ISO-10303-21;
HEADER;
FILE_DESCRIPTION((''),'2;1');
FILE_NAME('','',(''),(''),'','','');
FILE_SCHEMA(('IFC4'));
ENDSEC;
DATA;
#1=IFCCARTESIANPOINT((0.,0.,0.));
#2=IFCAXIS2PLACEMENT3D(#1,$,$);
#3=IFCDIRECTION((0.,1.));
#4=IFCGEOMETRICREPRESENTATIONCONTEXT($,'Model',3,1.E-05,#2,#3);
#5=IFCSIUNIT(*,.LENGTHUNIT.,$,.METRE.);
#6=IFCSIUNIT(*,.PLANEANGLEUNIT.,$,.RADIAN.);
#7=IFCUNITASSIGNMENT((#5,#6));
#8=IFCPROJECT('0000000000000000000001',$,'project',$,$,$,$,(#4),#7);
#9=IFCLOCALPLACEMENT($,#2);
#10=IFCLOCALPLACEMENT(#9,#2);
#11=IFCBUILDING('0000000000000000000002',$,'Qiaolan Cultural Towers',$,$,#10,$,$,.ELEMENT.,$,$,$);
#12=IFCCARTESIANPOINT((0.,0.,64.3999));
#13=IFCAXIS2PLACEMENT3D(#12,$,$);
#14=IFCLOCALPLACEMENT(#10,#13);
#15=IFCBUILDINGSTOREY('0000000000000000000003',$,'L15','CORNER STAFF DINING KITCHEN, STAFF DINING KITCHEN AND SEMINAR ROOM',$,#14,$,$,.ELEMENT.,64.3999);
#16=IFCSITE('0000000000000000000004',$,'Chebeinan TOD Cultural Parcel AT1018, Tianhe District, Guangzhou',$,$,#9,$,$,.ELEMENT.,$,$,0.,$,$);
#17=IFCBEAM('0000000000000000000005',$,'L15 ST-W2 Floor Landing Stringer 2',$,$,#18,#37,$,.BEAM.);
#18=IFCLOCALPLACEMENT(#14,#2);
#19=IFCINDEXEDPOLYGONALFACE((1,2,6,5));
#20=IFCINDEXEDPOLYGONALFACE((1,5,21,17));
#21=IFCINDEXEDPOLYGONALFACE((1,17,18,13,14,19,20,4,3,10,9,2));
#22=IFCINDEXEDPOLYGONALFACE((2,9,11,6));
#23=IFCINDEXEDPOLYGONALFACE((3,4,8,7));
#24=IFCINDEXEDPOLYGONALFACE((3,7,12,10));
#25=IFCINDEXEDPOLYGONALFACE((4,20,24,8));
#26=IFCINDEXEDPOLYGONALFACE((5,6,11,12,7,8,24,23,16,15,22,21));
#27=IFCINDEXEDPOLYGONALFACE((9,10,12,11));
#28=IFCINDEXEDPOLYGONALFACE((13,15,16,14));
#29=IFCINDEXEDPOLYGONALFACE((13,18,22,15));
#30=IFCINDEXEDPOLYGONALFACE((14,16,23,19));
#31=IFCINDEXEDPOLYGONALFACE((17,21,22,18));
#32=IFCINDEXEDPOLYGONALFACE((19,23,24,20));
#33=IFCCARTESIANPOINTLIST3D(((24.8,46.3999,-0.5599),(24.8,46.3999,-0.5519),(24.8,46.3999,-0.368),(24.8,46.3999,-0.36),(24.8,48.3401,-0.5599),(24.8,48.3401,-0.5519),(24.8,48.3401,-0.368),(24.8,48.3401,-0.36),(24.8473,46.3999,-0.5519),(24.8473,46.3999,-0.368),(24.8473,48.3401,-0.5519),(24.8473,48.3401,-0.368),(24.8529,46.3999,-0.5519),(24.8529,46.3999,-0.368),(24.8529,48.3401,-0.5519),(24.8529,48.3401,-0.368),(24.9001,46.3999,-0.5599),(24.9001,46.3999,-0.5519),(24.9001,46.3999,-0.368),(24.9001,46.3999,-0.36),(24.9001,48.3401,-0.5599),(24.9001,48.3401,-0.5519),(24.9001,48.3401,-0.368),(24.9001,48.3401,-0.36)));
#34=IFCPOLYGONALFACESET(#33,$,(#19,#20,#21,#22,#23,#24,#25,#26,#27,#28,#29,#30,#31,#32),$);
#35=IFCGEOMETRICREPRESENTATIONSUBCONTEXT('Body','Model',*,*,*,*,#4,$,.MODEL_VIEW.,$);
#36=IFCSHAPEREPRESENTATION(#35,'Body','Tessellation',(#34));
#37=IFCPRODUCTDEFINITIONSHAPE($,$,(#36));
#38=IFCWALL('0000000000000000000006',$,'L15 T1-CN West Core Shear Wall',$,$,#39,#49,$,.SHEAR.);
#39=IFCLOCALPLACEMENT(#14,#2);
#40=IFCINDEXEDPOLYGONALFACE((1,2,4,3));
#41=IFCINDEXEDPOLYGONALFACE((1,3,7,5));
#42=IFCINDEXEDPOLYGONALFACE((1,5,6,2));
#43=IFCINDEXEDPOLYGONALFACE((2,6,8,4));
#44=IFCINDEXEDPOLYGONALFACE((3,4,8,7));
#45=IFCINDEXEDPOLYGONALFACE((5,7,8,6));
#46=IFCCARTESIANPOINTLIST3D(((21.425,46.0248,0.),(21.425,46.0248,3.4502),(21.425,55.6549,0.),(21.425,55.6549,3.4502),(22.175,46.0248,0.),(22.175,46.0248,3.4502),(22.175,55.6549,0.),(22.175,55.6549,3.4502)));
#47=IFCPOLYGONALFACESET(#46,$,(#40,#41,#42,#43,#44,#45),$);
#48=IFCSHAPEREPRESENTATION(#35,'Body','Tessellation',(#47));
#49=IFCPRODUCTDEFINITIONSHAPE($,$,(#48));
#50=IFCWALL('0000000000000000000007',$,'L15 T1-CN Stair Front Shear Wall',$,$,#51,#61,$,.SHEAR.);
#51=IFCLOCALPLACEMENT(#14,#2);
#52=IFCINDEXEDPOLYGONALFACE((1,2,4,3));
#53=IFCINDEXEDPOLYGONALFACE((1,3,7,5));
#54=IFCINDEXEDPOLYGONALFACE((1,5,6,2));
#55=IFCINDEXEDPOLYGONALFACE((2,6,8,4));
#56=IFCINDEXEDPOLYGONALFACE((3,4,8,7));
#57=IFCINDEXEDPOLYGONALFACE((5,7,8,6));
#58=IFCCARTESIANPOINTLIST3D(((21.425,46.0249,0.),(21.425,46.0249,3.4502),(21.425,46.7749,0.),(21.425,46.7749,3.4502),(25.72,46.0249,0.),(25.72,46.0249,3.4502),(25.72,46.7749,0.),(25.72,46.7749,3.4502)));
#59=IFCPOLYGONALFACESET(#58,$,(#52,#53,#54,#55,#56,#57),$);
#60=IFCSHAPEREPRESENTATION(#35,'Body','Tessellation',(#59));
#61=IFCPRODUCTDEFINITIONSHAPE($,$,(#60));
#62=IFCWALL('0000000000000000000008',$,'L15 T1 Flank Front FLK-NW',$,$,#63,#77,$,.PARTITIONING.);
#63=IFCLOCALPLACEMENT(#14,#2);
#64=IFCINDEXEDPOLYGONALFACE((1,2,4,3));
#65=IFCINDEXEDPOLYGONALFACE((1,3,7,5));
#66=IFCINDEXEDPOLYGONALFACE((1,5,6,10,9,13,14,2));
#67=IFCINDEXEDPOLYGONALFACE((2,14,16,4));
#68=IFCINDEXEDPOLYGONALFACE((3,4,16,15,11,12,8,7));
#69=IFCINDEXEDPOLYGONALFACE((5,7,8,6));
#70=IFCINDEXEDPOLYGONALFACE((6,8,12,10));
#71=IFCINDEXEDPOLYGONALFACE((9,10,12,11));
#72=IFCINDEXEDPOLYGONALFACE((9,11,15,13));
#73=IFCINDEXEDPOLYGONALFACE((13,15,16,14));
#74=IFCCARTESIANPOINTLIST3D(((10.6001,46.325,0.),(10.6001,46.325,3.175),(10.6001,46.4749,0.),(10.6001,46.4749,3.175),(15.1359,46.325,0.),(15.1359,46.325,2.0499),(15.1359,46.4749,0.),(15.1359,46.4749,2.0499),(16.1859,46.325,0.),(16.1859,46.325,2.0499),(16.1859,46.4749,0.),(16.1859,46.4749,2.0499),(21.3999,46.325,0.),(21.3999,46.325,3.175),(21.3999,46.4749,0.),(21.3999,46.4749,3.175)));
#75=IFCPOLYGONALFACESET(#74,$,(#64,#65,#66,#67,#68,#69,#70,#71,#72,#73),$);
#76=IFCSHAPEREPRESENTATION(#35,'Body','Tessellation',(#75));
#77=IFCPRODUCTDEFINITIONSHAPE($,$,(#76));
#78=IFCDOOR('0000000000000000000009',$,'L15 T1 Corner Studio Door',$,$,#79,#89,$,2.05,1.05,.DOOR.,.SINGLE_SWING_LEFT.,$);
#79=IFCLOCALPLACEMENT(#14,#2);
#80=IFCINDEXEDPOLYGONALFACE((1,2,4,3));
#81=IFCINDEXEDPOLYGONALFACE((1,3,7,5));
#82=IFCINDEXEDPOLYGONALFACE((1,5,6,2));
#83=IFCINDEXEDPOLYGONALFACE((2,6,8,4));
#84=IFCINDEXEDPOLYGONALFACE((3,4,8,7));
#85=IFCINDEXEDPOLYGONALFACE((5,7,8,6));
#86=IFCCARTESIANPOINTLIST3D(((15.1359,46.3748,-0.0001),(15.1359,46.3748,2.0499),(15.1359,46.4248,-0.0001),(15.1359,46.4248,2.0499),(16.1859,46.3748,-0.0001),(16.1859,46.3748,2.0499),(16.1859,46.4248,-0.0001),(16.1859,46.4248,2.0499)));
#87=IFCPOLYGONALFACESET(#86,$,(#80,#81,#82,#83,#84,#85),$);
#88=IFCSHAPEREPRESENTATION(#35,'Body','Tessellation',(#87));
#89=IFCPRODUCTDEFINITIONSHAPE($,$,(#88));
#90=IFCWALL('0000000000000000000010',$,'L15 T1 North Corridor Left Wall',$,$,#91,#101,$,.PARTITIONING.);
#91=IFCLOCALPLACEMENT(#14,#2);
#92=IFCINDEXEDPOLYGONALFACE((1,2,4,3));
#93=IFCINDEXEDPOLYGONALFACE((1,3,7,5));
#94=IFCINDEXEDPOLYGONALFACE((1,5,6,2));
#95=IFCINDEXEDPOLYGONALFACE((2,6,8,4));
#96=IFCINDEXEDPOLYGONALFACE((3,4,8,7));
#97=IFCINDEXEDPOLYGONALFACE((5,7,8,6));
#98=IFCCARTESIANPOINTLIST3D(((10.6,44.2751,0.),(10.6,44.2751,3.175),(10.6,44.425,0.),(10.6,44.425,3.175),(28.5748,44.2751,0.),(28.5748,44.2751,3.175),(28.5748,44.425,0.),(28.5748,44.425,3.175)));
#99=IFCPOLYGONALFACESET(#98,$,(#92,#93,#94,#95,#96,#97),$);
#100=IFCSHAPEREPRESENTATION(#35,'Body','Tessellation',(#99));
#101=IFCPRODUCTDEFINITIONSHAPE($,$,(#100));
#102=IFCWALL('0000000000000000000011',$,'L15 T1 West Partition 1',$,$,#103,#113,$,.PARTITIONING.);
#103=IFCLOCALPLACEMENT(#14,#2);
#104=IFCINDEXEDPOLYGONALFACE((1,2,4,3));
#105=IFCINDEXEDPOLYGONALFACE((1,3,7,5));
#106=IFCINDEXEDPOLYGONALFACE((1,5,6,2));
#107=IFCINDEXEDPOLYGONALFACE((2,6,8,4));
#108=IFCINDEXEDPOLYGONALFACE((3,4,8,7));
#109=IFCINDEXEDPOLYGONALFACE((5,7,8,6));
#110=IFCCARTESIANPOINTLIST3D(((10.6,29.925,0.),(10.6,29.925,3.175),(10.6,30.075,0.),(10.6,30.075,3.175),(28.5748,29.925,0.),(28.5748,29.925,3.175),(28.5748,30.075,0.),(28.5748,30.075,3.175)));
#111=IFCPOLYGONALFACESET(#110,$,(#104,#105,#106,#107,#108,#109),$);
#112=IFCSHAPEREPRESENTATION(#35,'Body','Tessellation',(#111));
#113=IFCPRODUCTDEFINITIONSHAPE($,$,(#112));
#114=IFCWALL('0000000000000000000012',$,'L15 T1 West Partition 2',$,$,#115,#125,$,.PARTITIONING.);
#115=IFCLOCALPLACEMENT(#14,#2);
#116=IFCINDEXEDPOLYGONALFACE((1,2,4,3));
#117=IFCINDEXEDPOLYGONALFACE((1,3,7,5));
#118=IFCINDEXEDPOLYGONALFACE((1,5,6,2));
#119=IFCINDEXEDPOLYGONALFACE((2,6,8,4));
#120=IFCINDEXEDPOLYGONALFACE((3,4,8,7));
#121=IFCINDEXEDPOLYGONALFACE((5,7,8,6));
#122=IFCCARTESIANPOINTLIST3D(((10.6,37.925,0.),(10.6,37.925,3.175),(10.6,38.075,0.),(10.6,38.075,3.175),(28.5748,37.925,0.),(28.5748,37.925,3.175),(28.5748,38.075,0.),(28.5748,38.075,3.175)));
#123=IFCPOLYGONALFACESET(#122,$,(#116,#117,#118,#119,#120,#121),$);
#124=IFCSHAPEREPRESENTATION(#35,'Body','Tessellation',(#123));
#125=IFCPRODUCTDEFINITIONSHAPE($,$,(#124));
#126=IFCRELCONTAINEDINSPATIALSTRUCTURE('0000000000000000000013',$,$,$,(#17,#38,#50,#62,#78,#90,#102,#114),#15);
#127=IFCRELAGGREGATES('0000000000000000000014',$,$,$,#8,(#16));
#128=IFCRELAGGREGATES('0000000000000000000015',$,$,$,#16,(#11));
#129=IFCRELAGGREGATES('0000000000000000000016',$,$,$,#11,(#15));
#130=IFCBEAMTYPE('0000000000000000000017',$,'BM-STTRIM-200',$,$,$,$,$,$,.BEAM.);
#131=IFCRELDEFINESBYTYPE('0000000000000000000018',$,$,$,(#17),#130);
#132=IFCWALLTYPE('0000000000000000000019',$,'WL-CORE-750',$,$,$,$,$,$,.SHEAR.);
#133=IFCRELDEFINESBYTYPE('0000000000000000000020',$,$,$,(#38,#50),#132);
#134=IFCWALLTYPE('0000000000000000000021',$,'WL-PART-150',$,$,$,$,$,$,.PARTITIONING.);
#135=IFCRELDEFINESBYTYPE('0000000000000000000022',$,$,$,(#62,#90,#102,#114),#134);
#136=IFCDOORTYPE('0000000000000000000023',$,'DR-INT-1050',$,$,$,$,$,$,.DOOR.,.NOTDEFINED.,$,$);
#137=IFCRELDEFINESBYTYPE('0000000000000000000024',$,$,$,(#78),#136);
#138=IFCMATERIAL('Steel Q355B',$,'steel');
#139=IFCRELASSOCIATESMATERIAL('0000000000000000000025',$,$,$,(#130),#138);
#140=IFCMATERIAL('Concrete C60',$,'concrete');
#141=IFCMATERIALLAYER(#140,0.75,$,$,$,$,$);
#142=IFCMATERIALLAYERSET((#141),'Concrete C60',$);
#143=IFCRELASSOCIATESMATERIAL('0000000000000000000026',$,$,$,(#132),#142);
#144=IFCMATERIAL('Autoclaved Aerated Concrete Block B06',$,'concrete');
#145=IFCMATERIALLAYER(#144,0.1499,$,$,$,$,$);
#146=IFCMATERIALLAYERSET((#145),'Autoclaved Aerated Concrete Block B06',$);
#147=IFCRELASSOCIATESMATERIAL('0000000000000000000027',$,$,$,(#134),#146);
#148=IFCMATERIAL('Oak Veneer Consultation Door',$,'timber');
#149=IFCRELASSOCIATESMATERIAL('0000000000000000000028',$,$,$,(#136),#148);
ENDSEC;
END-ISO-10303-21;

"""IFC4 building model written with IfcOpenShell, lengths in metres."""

from ifc_helpers import new_model, si_unit, direction, frame, frame_2d, origin, origin_2d, place, context, subcontext, project, spatial, rectangle, i_section, extrude, material, layer, layer_set, material_profile, profile_set, type_object, element, fill, save


model = new_model("IFC4")

# Units and contexts
model_context = context("Model", 3, precision=1e-05, world=origin(), true_north=direction((0.0, 1.0)))
body_context = subcontext(model_context, "Body", "Model", "MODEL_VIEW")
ifc_project = project(units=[si_unit("LENGTHUNIT", "METRE"), si_unit("PLANEANGLEUNIT", "RADIAN")], contexts=[model_context])

# Site, building, storey
site_placement = place(None, origin())
site = spatial("IfcSite", under=ifc_project, at=site_placement, Name="Chebeinan TOD Cultural Parcel AT1018, Tianhe District, Guangzhou", CompositionType="ELEMENT", RefElevation=0.0)
building_placement = place(site_placement, origin())
building = spatial("IfcBuilding", under=site, at=building_placement, Name="Qiaolan Cultural Towers", CompositionType="ELEMENT")
storey_placement = place(building_placement, frame((0.0, 0.0, 64.3999)))
storey = spatial("IfcBuildingStorey", under=building, at=storey_placement, Name="L15", Description="CORNER STAFF DINING KITCHEN, STAFF DINING KITCHEN AND SEMINAR ROOM", CompositionType="ELEMENT", Elevation=64.3999)

# Beam
ifc_material_1 = material(Name="Steel Q355B", Category="steel")
ifc_material_profile_1 = material_profile(ifc_material_1, i_section(OverallWidth=0.1001, OverallDepth=0.2, WebThickness=0.0056, FlangeThickness=0.0081, at=origin_2d()), Name="HN200x100x5.5x8")
ifc_profile_set_1 = profile_set([ifc_material_profile_1], Name="Steel Q355B")
beam_type_1 = type_object("IfcBeamType", Name="BM-STTRIM-200", PredefinedType="BEAM", material=ifc_profile_set_1)
for number, where, z_axis, x_axis, name in (
    (1, (24.8501, 46.3999, -0.46), (0.0, 1.0, 0.0), (-1.0, 0.0, 0.0), "L15 ST-W2 Floor Landing Stringer 2"),
):
    element("IfcBeam", number, at=place(storey_placement, frame(where, z_axis=z_axis, x_axis=x_axis)), inside=storey, type_object=beam_type_1, Name=name, PredefinedType="BEAM", context=body_context, shape_type="SweptSolid", body=[
        extrude(i_section(OverallWidth=0.1001, OverallDepth=0.2, WebThickness=0.0056, FlangeThickness=0.0081, at=origin_2d()), origin(), (0.0, 0.0, 1.0), 1.9402),
    ])

# Walls
ifc_material_2 = material(Name="Concrete C60", Category="concrete")
ifc_layer_1 = layer(ifc_material_2, 0.75)
ifc_layer_set_1 = layer_set([ifc_layer_1], Name="Concrete C60")
wall_type_1 = type_object("IfcWallType", Name="WL-CORE-750", PredefinedType="SHEAR", material=ifc_layer_set_1)
wall_1_placement = place(storey_placement, frame((21.8, 46.0249, 0.0), z_axis=(0.0, 0.0, 1.0), x_axis=(0.0, 1.0, 0.0)))
element("IfcWall", 2, at=wall_1_placement, inside=storey, type_object=wall_type_1, Name="L15 T1-CN West Core Shear Wall", PredefinedType="SHEAR", context=body_context, shape_type="SweptSolid", body=[
    extrude(rectangle(XDim=9.6301, YDim=0.75, at=frame_2d((4.8149, 0.0))), origin(), (0.0, 0.0, 1.0), 3.4502),
])
wall_2_placement = place(storey_placement, frame((21.425, 46.3999, 0.0), z_axis=(0.0, 0.0, 1.0), x_axis=(1.0, 0.0, 0.0)))
element("IfcWall", 3, at=wall_2_placement, inside=storey, type_object=wall_type_1, Name="L15 T1-CN Stair Front Shear Wall", PredefinedType="SHEAR", context=body_context, shape_type="SweptSolid", body=[
    extrude(rectangle(XDim=4.2949, YDim=0.75, at=frame_2d((2.1475, 0.0))), origin(), (0.0, 0.0, 1.0), 3.4502),
])

# Wall, opening, door
ifc_material_3 = material(Name="Autoclaved Aerated Concrete Block B06", Category="concrete")
ifc_layer_2 = layer(ifc_material_3, 0.1499)
ifc_layer_set_2 = layer_set([ifc_layer_2], Name="Autoclaved Aerated Concrete Block B06")
wall_type_2 = type_object("IfcWallType", Name="WL-PART-150", PredefinedType="PARTITIONING", material=ifc_layer_set_2)
wall_3_placement = place(storey_placement, frame((10.6001, 46.3999, 0.0), z_axis=(0.0, 0.0, 1.0), x_axis=(1.0, 0.0, 0.0)))
wall_3 = element("IfcWall", 4, at=wall_3_placement, inside=storey, type_object=wall_type_2, Name="L15 T1 Flank Front FLK-NW", PredefinedType="PARTITIONING", context=body_context, shape_type="SweptSolid", body=[
    extrude(rectangle(XDim=10.7998, YDim=0.1499, at=frame_2d((5.3999, 0.0))), origin(), (0.0, 0.0, 1.0), 3.175),
])
opening_placement = place(wall_3_placement, frame((4.5359, 0.0, 0.0)))
opening = element("IfcOpeningElement", 5, at=opening_placement, cuts=wall_3, PredefinedType="OPENING", context=body_context, shape_type="SweptSolid", body=[
    extrude(rectangle(XDim=1.05, YDim=2.05, at=frame_2d((0.5249, 1.0249))), frame((0.0, 0.085, 0.0), z_axis=(0.0, -1.0, 0.0), x_axis=(1.0, 0.0, 0.0)), (0.0, 0.0, 1.0), 0.1699),
])
ifc_material_4 = material(Name="Oak Veneer Consultation Door", Category="timber")
door_type = type_object("IfcDoorType", Name="DR-INT-1050", OperationType="NOTDEFINED", PredefinedType="DOOR", material=ifc_material_4)
door_placement = place(opening_placement, origin())
door = element("IfcDoor", 6, at=door_placement, inside=storey, type_object=door_type, Name="L15 T1 Corner Studio Door", OperationType="SINGLE_SWING_LEFT", OverallHeight=2.05, OverallWidth=1.05, PredefinedType="DOOR", context=body_context, shape_type="SweptSolid", body=[
    extrude(rectangle(XDim=1.05, YDim=2.05, at=frame_2d((0.5249, 1.0249))), frame((0.0, 0.0249, 0.0), z_axis=(0.0, -1.0, 0.0), x_axis=(1.0, 0.0, 0.0)), (0.0, 0.0, 1.0), 0.05),
])
fill(opening, door)

# Walls
for number, where, z_axis, x_axis, name in (
    (7, (10.6001, 44.3501, 0.0), (0.0, 0.0, 1.0), (1.0, 0.0, 0.0), "L15 T1 North Corridor Left Wall"),
    (8, (10.6001, 30.0, 0.0), (0.0, 0.0, 1.0), (1.0, 0.0, 0.0), "L15 T1 West Partition 1"),
    (9, (10.6001, 38.0, 0.0), (0.0, 0.0, 1.0), (1.0, 0.0, 0.0), "L15 T1 West Partition 2"),
):
    element("IfcWall", number, at=place(storey_placement, frame(where, z_axis=z_axis, x_axis=x_axis)), inside=storey, type_object=wall_type_2, Name=name, PredefinedType="PARTITIONING", context=body_context, shape_type="SweptSolid", body=[
        extrude(rectangle(XDim=17.9749, YDim=0.1499, at=frame_2d((8.9873, 0.0))), origin(), (0.0, 0.0, 1.0), 3.175),
    ])

save(model, "model.ifc")
